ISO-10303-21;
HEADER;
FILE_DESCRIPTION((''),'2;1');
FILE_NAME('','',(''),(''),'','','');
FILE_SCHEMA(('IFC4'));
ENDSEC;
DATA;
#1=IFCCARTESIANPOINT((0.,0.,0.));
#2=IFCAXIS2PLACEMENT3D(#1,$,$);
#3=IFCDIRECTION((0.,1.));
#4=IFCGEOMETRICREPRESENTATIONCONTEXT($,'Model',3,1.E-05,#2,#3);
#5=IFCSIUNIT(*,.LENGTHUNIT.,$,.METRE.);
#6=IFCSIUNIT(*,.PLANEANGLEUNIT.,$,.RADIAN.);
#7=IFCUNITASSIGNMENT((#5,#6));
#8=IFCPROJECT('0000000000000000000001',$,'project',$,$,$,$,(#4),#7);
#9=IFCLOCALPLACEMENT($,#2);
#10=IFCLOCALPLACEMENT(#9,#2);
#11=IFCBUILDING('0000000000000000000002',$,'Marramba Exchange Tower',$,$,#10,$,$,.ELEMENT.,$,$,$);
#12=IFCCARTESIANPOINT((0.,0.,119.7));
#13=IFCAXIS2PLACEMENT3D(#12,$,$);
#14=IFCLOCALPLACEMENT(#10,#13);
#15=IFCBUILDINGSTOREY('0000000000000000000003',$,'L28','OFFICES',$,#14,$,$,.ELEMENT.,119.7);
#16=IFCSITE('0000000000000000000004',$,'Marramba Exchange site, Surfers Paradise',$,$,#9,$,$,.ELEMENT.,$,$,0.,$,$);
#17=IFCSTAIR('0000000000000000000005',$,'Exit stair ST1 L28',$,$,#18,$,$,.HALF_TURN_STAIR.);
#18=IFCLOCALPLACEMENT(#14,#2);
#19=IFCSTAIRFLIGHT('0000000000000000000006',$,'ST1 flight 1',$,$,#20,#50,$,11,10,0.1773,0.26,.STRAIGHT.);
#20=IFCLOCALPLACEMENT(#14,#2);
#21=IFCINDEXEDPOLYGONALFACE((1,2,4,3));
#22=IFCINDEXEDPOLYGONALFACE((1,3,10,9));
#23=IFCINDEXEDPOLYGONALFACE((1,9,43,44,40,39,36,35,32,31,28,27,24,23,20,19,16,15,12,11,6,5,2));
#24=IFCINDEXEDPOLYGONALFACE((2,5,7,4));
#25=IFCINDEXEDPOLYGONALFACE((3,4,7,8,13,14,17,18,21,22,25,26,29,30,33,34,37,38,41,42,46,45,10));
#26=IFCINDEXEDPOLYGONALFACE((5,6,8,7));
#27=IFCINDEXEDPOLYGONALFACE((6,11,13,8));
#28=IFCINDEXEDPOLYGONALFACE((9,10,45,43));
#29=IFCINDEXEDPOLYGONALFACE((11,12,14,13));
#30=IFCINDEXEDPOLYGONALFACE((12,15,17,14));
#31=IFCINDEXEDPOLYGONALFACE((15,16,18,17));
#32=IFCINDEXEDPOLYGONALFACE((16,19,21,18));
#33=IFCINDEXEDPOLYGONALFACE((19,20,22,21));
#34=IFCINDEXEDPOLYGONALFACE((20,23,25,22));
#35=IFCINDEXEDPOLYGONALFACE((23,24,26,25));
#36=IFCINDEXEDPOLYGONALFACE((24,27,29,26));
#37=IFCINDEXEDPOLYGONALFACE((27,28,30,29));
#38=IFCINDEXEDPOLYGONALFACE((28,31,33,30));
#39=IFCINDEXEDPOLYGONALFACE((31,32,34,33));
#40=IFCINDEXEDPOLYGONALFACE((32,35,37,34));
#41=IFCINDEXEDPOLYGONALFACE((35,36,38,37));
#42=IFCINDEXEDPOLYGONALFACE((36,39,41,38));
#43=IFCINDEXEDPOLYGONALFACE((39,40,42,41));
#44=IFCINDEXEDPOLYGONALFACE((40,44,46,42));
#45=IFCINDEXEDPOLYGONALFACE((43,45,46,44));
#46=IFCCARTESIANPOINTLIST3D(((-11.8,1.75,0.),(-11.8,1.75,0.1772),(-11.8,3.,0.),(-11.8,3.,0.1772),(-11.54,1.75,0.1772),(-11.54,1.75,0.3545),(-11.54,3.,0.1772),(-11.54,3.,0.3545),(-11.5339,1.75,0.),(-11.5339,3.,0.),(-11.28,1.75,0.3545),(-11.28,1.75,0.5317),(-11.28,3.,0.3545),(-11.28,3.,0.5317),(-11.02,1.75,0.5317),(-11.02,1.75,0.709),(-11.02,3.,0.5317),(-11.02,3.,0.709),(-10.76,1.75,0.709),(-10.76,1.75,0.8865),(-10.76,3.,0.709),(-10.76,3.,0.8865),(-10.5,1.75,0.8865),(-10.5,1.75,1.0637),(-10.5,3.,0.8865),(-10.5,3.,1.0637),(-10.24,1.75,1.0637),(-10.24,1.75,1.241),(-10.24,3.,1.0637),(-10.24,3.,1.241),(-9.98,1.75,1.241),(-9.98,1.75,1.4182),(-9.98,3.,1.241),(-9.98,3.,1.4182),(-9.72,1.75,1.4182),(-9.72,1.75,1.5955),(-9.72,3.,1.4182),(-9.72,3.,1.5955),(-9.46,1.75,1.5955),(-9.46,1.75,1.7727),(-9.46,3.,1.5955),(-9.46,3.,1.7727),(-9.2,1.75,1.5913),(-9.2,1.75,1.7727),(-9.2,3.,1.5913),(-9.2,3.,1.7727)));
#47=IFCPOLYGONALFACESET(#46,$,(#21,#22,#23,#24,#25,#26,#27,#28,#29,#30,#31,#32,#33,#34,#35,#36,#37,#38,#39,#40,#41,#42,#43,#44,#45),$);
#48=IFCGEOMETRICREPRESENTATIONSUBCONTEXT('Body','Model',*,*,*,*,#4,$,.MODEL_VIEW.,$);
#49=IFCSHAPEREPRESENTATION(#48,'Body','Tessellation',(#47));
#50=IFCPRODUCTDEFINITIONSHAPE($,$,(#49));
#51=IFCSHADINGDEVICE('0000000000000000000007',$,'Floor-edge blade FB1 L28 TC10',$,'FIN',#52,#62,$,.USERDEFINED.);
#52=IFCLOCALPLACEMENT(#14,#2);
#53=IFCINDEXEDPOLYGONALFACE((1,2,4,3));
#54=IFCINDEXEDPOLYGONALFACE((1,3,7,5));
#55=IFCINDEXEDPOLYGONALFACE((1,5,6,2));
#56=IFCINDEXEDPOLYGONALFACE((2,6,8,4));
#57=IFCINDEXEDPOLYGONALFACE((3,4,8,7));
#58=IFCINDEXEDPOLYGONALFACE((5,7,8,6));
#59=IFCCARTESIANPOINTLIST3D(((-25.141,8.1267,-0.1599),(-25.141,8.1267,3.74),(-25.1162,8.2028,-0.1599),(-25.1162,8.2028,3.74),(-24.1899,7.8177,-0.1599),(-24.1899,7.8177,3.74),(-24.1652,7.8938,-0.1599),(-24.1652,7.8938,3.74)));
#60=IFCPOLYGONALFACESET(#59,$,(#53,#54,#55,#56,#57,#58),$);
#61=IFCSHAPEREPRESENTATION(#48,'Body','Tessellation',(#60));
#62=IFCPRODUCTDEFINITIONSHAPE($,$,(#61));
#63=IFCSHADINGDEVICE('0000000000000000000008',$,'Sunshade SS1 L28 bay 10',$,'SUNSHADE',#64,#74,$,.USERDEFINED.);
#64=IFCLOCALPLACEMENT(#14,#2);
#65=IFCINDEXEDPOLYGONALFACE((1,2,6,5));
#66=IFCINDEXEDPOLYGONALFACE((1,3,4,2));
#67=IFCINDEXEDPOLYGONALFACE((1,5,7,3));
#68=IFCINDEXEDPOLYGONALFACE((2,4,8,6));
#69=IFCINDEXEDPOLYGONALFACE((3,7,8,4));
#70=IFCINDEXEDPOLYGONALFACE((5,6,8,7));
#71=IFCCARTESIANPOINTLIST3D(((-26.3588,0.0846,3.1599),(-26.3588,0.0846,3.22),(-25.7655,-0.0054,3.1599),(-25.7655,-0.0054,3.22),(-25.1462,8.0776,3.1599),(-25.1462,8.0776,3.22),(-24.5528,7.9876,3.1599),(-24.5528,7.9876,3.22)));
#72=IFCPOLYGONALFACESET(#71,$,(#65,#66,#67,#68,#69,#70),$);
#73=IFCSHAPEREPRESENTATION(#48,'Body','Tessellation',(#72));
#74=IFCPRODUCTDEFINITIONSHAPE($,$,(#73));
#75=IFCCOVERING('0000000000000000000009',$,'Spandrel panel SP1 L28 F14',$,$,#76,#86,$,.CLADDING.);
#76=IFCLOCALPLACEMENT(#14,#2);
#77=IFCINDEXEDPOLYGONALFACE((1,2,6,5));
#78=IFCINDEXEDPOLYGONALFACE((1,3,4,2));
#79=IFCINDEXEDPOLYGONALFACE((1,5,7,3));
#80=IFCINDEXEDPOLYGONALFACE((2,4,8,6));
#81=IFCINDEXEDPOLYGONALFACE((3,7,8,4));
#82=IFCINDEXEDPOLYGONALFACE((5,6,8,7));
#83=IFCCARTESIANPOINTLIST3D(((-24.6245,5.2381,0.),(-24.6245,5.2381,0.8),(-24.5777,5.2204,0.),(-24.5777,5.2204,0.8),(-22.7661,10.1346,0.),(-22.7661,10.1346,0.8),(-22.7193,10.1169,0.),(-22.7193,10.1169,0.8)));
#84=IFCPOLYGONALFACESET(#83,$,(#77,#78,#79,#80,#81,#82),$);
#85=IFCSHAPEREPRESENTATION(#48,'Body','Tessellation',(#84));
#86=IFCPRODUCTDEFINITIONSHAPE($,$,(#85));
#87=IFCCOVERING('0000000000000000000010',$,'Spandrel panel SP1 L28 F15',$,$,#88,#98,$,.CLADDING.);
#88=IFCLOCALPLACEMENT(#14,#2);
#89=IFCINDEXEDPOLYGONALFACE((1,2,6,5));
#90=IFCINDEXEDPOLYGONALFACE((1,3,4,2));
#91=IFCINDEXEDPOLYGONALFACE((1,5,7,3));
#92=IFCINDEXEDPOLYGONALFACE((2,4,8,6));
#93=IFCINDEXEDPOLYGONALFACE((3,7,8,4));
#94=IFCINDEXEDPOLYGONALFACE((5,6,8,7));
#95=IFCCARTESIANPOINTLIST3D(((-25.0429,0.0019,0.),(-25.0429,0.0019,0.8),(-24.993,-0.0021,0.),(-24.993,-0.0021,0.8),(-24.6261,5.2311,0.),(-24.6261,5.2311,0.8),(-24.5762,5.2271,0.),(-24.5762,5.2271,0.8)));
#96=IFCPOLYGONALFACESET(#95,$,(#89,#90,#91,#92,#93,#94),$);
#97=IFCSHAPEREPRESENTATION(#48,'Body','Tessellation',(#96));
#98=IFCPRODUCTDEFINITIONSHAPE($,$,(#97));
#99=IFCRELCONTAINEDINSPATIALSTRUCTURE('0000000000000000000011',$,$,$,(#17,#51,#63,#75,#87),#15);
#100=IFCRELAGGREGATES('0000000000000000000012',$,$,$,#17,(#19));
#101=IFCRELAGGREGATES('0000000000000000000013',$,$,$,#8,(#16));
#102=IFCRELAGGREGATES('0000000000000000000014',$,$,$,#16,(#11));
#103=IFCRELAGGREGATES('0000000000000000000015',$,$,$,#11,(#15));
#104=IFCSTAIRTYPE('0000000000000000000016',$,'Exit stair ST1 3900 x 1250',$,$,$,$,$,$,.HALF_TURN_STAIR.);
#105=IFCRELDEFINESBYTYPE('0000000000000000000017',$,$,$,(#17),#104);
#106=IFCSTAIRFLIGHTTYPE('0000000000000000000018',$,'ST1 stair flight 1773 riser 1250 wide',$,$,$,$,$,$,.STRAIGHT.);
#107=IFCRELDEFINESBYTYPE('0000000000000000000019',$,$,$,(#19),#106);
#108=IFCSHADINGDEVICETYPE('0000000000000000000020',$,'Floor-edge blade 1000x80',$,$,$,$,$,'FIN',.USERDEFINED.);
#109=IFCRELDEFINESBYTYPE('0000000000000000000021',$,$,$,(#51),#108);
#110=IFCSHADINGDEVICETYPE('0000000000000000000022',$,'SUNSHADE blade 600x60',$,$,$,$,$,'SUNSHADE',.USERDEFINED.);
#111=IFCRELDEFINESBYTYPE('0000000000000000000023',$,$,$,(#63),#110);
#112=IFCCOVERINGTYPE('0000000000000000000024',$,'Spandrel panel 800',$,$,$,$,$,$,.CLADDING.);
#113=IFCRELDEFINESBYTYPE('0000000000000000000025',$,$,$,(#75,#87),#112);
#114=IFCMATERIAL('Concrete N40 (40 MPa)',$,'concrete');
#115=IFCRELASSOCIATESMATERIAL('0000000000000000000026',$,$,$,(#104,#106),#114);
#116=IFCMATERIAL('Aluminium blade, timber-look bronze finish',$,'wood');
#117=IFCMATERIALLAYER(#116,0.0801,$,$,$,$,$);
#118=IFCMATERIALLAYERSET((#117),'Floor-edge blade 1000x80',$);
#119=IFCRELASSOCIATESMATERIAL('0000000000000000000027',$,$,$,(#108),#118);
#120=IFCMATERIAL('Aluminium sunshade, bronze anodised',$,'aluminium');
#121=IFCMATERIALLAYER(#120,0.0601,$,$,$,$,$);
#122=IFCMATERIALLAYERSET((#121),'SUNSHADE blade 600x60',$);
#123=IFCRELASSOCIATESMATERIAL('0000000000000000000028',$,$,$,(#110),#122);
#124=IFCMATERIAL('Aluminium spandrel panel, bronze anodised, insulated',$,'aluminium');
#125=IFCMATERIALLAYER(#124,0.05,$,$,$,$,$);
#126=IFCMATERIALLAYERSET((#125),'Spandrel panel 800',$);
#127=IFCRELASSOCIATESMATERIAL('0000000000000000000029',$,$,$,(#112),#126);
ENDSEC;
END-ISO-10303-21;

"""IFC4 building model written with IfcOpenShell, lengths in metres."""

from ifc_helpers import new_model, si_unit, direction, frame, origin, origin_2d, place, context, subcontext, project, spatial, polyline, rectangle, outline, extrude, material, layer, layer_set, type_object, element, aggregate, save


model = new_model("IFC4")

# Units and contexts
model_context = context("Model", 3, precision=1e-05, world=origin(), true_north=direction((0.0, 1.0)))
body_context = subcontext(model_context, "Body", "Model", "MODEL_VIEW")
ifc_project = project(units=[si_unit("LENGTHUNIT", "METRE"), si_unit("PLANEANGLEUNIT", "RADIAN")], contexts=[model_context])

# Site, building, storey
site_placement = place(None, origin())
site = spatial("IfcSite", under=ifc_project, at=site_placement, Name="Marramba Exchange site, Surfers Paradise", CompositionType="ELEMENT", RefElevation=0.0)
building_placement = place(site_placement, origin())
building = spatial("IfcBuilding", under=site, at=building_placement, Name="Marramba Exchange Tower", CompositionType="ELEMENT")
storey_placement = place(building_placement, frame((0.0, 0.0, 119.7)))
storey = spatial("IfcBuildingStorey", under=building, at=storey_placement, Name="L28", Description="OFFICES", CompositionType="ELEMENT", Elevation=119.7)

# Stair, stair flight
ifc_material_1 = material(Name="Concrete N40 (40 MPa)", Category="concrete")
stair_type = type_object("IfcStairType", Name="Exit stair ST1 3900 x 1250", PredefinedType="HALF_TURN_STAIR", material=ifc_material_1)
stair_placement = place(storey_placement, origin())
stair = element("IfcStair", 1, at=stair_placement, inside=storey, type_object=stair_type, Name="Exit stair ST1 L28", PredefinedType="HALF_TURN_STAIR")
stair_flight_type = type_object("IfcStairFlightType", Name="ST1 stair flight 1773 riser 1250 wide", PredefinedType="STRAIGHT", material=ifc_material_1)
stair_flight_placement = place(storey_placement, frame((-11.8, 2.375, 0.0), z_axis=(0.0, 0.0, 1.0), x_axis=(1.0, 0.0, 0.0)))
stair_flight = element("IfcStairFlight", 2, at=stair_flight_placement, type_object=stair_flight_type, Name="ST1 flight 1", NumberOfRisers=11, NumberOfTreads=10, PredefinedType="STRAIGHT", RiserHeight=0.1773, TreadLength=0.26, context=body_context, shape_type="SweptSolid", body=[
    extrude(outline(polyline([(0.0, 0.0), (0.0, 0.1772), (0.26, 0.1772), (0.26, 0.3545), (0.52, 0.3545), (0.52, 0.5317), (0.78, 0.5317), (0.78, 0.709), (1.04, 0.709), (1.04, 0.8865), (1.3, 0.8865), (1.3, 1.0637), (1.5601, 1.0637), (1.5601, 1.241), (1.8201, 1.241), (1.8201, 1.4182), (2.0801, 1.4182), (2.0801, 1.5955), (2.3401, 1.5955), (2.3401, 1.7727), (2.6001, 1.7727), (2.6001, 1.95), (2.6001, 1.5913), (0.2661, 0.0), (0.0, 0.0)])), frame((0.0, 0.625, 0.0), z_axis=(0.0, -1.0, 0.0), x_axis=(1.0, 0.0, 0.0)), (0.0, 0.0, 1.0), 1.25),
])
aggregate(stair, [stair_flight])

# Shading devices
ifc_material_2 = material(Name="Aluminium blade, timber-look bronze finish", Category="wood")
ifc_layer_1 = layer(ifc_material_2, 0.0801)
ifc_layer_set_1 = layer_set([ifc_layer_1], Name="Floor-edge blade 1000x80")
shading_device_type_1 = type_object("IfcShadingDeviceType", Name="Floor-edge blade 1000x80", ElementType="FIN", PredefinedType="USERDEFINED", material=ifc_layer_set_1)
shading_device_1_placement = place(storey_placement, frame((-24.6531, 8.0103, -0.1599), z_axis=(0.0, 0.0, 1.0), x_axis=(-0.951057, 0.309017, 0.0)))
element("IfcShadingDevice", 3, at=shading_device_1_placement, inside=storey, type_object=shading_device_type_1, Name="Floor-edge blade FB1 L28 TC10", ObjectType="FIN", PredefinedType="USERDEFINED", context=body_context, shape_type="SweptSolid", body=[
    extrude(rectangle(XDim=1.0, YDim=0.0801, at=origin_2d()), origin(), (0.0, 0.0, 1.0), 3.8999),
])
ifc_material_3 = material(Name="Aluminium sunshade, bronze anodised", Category="aluminium")
ifc_layer_2 = layer(ifc_material_3, 0.0601)
ifc_layer_set_2 = layer_set([ifc_layer_2], Name="SUNSHADE blade 600x60")
shading_device_type_2 = type_object("IfcShadingDeviceType", Name="SUNSHADE blade 600x60", ElementType="SUNSHADE", PredefinedType="USERDEFINED", material=ifc_layer_set_2)
shading_device_2_placement = place(storey_placement, frame((-25.4558, 4.0361, 3.1599), z_axis=(0.0, 0.0, 1.0), x_axis=(-0.149993, -0.988687, 0.0)))
element("IfcShadingDevice", 4, at=shading_device_2_placement, inside=storey, type_object=shading_device_type_2, Name="Sunshade SS1 L28 bay 10", ObjectType="SUNSHADE", PredefinedType="USERDEFINED", context=body_context, shape_type="SweptSolid", body=[
    extrude(rectangle(XDim=8.0845, YDim=0.6001, at=origin_2d()), origin(), (0.0, 0.0, 1.0), 0.0601),
])

# Coverings
ifc_material_4 = material(Name="Aluminium spandrel panel, bronze anodised, insulated", Category="aluminium")
ifc_layer_3 = layer(ifc_material_4, 0.05)
ifc_layer_set_3 = layer_set([ifc_layer_3], Name="Spandrel panel 800")
covering_type = type_object("IfcCoveringType", Name="Spandrel panel 800", PredefinedType="CLADDING", material=ifc_layer_set_3)
covering_1_placement = place(storey_placement, frame((-23.6719, 7.6775, 0.0), z_axis=(0.0, 0.0, 1.0), x_axis=(-0.354844, -0.934925, 0.0)))
element("IfcCovering", 5, at=covering_1_placement, inside=storey, type_object=covering_type, Name="Spandrel panel SP1 L28 F14", PredefinedType="CLADDING", context=body_context, shape_type="SweptSolid", body=[
    extrude(rectangle(XDim=5.2373, YDim=0.05, at=origin_2d()), origin(), (0.0, 0.0, 1.0), 0.8),
])
covering_2_placement = place(storey_placement, frame((-24.8096, 2.6145, 0.0), z_axis=(0.0, 0.0, 1.0), x_axis=(-0.07946, -0.996838, 0.0)))
element("IfcCovering", 6, at=covering_2_placement, inside=storey, type_object=covering_type, Name="Spandrel panel SP1 L28 F15", PredefinedType="CLADDING", context=body_context, shape_type="SweptSolid", body=[
    extrude(rectangle(XDim=5.2458, YDim=0.05, at=origin_2d()), origin(), (0.0, 0.0, 1.0), 0.8),
])

save(model, "model.ifc")
